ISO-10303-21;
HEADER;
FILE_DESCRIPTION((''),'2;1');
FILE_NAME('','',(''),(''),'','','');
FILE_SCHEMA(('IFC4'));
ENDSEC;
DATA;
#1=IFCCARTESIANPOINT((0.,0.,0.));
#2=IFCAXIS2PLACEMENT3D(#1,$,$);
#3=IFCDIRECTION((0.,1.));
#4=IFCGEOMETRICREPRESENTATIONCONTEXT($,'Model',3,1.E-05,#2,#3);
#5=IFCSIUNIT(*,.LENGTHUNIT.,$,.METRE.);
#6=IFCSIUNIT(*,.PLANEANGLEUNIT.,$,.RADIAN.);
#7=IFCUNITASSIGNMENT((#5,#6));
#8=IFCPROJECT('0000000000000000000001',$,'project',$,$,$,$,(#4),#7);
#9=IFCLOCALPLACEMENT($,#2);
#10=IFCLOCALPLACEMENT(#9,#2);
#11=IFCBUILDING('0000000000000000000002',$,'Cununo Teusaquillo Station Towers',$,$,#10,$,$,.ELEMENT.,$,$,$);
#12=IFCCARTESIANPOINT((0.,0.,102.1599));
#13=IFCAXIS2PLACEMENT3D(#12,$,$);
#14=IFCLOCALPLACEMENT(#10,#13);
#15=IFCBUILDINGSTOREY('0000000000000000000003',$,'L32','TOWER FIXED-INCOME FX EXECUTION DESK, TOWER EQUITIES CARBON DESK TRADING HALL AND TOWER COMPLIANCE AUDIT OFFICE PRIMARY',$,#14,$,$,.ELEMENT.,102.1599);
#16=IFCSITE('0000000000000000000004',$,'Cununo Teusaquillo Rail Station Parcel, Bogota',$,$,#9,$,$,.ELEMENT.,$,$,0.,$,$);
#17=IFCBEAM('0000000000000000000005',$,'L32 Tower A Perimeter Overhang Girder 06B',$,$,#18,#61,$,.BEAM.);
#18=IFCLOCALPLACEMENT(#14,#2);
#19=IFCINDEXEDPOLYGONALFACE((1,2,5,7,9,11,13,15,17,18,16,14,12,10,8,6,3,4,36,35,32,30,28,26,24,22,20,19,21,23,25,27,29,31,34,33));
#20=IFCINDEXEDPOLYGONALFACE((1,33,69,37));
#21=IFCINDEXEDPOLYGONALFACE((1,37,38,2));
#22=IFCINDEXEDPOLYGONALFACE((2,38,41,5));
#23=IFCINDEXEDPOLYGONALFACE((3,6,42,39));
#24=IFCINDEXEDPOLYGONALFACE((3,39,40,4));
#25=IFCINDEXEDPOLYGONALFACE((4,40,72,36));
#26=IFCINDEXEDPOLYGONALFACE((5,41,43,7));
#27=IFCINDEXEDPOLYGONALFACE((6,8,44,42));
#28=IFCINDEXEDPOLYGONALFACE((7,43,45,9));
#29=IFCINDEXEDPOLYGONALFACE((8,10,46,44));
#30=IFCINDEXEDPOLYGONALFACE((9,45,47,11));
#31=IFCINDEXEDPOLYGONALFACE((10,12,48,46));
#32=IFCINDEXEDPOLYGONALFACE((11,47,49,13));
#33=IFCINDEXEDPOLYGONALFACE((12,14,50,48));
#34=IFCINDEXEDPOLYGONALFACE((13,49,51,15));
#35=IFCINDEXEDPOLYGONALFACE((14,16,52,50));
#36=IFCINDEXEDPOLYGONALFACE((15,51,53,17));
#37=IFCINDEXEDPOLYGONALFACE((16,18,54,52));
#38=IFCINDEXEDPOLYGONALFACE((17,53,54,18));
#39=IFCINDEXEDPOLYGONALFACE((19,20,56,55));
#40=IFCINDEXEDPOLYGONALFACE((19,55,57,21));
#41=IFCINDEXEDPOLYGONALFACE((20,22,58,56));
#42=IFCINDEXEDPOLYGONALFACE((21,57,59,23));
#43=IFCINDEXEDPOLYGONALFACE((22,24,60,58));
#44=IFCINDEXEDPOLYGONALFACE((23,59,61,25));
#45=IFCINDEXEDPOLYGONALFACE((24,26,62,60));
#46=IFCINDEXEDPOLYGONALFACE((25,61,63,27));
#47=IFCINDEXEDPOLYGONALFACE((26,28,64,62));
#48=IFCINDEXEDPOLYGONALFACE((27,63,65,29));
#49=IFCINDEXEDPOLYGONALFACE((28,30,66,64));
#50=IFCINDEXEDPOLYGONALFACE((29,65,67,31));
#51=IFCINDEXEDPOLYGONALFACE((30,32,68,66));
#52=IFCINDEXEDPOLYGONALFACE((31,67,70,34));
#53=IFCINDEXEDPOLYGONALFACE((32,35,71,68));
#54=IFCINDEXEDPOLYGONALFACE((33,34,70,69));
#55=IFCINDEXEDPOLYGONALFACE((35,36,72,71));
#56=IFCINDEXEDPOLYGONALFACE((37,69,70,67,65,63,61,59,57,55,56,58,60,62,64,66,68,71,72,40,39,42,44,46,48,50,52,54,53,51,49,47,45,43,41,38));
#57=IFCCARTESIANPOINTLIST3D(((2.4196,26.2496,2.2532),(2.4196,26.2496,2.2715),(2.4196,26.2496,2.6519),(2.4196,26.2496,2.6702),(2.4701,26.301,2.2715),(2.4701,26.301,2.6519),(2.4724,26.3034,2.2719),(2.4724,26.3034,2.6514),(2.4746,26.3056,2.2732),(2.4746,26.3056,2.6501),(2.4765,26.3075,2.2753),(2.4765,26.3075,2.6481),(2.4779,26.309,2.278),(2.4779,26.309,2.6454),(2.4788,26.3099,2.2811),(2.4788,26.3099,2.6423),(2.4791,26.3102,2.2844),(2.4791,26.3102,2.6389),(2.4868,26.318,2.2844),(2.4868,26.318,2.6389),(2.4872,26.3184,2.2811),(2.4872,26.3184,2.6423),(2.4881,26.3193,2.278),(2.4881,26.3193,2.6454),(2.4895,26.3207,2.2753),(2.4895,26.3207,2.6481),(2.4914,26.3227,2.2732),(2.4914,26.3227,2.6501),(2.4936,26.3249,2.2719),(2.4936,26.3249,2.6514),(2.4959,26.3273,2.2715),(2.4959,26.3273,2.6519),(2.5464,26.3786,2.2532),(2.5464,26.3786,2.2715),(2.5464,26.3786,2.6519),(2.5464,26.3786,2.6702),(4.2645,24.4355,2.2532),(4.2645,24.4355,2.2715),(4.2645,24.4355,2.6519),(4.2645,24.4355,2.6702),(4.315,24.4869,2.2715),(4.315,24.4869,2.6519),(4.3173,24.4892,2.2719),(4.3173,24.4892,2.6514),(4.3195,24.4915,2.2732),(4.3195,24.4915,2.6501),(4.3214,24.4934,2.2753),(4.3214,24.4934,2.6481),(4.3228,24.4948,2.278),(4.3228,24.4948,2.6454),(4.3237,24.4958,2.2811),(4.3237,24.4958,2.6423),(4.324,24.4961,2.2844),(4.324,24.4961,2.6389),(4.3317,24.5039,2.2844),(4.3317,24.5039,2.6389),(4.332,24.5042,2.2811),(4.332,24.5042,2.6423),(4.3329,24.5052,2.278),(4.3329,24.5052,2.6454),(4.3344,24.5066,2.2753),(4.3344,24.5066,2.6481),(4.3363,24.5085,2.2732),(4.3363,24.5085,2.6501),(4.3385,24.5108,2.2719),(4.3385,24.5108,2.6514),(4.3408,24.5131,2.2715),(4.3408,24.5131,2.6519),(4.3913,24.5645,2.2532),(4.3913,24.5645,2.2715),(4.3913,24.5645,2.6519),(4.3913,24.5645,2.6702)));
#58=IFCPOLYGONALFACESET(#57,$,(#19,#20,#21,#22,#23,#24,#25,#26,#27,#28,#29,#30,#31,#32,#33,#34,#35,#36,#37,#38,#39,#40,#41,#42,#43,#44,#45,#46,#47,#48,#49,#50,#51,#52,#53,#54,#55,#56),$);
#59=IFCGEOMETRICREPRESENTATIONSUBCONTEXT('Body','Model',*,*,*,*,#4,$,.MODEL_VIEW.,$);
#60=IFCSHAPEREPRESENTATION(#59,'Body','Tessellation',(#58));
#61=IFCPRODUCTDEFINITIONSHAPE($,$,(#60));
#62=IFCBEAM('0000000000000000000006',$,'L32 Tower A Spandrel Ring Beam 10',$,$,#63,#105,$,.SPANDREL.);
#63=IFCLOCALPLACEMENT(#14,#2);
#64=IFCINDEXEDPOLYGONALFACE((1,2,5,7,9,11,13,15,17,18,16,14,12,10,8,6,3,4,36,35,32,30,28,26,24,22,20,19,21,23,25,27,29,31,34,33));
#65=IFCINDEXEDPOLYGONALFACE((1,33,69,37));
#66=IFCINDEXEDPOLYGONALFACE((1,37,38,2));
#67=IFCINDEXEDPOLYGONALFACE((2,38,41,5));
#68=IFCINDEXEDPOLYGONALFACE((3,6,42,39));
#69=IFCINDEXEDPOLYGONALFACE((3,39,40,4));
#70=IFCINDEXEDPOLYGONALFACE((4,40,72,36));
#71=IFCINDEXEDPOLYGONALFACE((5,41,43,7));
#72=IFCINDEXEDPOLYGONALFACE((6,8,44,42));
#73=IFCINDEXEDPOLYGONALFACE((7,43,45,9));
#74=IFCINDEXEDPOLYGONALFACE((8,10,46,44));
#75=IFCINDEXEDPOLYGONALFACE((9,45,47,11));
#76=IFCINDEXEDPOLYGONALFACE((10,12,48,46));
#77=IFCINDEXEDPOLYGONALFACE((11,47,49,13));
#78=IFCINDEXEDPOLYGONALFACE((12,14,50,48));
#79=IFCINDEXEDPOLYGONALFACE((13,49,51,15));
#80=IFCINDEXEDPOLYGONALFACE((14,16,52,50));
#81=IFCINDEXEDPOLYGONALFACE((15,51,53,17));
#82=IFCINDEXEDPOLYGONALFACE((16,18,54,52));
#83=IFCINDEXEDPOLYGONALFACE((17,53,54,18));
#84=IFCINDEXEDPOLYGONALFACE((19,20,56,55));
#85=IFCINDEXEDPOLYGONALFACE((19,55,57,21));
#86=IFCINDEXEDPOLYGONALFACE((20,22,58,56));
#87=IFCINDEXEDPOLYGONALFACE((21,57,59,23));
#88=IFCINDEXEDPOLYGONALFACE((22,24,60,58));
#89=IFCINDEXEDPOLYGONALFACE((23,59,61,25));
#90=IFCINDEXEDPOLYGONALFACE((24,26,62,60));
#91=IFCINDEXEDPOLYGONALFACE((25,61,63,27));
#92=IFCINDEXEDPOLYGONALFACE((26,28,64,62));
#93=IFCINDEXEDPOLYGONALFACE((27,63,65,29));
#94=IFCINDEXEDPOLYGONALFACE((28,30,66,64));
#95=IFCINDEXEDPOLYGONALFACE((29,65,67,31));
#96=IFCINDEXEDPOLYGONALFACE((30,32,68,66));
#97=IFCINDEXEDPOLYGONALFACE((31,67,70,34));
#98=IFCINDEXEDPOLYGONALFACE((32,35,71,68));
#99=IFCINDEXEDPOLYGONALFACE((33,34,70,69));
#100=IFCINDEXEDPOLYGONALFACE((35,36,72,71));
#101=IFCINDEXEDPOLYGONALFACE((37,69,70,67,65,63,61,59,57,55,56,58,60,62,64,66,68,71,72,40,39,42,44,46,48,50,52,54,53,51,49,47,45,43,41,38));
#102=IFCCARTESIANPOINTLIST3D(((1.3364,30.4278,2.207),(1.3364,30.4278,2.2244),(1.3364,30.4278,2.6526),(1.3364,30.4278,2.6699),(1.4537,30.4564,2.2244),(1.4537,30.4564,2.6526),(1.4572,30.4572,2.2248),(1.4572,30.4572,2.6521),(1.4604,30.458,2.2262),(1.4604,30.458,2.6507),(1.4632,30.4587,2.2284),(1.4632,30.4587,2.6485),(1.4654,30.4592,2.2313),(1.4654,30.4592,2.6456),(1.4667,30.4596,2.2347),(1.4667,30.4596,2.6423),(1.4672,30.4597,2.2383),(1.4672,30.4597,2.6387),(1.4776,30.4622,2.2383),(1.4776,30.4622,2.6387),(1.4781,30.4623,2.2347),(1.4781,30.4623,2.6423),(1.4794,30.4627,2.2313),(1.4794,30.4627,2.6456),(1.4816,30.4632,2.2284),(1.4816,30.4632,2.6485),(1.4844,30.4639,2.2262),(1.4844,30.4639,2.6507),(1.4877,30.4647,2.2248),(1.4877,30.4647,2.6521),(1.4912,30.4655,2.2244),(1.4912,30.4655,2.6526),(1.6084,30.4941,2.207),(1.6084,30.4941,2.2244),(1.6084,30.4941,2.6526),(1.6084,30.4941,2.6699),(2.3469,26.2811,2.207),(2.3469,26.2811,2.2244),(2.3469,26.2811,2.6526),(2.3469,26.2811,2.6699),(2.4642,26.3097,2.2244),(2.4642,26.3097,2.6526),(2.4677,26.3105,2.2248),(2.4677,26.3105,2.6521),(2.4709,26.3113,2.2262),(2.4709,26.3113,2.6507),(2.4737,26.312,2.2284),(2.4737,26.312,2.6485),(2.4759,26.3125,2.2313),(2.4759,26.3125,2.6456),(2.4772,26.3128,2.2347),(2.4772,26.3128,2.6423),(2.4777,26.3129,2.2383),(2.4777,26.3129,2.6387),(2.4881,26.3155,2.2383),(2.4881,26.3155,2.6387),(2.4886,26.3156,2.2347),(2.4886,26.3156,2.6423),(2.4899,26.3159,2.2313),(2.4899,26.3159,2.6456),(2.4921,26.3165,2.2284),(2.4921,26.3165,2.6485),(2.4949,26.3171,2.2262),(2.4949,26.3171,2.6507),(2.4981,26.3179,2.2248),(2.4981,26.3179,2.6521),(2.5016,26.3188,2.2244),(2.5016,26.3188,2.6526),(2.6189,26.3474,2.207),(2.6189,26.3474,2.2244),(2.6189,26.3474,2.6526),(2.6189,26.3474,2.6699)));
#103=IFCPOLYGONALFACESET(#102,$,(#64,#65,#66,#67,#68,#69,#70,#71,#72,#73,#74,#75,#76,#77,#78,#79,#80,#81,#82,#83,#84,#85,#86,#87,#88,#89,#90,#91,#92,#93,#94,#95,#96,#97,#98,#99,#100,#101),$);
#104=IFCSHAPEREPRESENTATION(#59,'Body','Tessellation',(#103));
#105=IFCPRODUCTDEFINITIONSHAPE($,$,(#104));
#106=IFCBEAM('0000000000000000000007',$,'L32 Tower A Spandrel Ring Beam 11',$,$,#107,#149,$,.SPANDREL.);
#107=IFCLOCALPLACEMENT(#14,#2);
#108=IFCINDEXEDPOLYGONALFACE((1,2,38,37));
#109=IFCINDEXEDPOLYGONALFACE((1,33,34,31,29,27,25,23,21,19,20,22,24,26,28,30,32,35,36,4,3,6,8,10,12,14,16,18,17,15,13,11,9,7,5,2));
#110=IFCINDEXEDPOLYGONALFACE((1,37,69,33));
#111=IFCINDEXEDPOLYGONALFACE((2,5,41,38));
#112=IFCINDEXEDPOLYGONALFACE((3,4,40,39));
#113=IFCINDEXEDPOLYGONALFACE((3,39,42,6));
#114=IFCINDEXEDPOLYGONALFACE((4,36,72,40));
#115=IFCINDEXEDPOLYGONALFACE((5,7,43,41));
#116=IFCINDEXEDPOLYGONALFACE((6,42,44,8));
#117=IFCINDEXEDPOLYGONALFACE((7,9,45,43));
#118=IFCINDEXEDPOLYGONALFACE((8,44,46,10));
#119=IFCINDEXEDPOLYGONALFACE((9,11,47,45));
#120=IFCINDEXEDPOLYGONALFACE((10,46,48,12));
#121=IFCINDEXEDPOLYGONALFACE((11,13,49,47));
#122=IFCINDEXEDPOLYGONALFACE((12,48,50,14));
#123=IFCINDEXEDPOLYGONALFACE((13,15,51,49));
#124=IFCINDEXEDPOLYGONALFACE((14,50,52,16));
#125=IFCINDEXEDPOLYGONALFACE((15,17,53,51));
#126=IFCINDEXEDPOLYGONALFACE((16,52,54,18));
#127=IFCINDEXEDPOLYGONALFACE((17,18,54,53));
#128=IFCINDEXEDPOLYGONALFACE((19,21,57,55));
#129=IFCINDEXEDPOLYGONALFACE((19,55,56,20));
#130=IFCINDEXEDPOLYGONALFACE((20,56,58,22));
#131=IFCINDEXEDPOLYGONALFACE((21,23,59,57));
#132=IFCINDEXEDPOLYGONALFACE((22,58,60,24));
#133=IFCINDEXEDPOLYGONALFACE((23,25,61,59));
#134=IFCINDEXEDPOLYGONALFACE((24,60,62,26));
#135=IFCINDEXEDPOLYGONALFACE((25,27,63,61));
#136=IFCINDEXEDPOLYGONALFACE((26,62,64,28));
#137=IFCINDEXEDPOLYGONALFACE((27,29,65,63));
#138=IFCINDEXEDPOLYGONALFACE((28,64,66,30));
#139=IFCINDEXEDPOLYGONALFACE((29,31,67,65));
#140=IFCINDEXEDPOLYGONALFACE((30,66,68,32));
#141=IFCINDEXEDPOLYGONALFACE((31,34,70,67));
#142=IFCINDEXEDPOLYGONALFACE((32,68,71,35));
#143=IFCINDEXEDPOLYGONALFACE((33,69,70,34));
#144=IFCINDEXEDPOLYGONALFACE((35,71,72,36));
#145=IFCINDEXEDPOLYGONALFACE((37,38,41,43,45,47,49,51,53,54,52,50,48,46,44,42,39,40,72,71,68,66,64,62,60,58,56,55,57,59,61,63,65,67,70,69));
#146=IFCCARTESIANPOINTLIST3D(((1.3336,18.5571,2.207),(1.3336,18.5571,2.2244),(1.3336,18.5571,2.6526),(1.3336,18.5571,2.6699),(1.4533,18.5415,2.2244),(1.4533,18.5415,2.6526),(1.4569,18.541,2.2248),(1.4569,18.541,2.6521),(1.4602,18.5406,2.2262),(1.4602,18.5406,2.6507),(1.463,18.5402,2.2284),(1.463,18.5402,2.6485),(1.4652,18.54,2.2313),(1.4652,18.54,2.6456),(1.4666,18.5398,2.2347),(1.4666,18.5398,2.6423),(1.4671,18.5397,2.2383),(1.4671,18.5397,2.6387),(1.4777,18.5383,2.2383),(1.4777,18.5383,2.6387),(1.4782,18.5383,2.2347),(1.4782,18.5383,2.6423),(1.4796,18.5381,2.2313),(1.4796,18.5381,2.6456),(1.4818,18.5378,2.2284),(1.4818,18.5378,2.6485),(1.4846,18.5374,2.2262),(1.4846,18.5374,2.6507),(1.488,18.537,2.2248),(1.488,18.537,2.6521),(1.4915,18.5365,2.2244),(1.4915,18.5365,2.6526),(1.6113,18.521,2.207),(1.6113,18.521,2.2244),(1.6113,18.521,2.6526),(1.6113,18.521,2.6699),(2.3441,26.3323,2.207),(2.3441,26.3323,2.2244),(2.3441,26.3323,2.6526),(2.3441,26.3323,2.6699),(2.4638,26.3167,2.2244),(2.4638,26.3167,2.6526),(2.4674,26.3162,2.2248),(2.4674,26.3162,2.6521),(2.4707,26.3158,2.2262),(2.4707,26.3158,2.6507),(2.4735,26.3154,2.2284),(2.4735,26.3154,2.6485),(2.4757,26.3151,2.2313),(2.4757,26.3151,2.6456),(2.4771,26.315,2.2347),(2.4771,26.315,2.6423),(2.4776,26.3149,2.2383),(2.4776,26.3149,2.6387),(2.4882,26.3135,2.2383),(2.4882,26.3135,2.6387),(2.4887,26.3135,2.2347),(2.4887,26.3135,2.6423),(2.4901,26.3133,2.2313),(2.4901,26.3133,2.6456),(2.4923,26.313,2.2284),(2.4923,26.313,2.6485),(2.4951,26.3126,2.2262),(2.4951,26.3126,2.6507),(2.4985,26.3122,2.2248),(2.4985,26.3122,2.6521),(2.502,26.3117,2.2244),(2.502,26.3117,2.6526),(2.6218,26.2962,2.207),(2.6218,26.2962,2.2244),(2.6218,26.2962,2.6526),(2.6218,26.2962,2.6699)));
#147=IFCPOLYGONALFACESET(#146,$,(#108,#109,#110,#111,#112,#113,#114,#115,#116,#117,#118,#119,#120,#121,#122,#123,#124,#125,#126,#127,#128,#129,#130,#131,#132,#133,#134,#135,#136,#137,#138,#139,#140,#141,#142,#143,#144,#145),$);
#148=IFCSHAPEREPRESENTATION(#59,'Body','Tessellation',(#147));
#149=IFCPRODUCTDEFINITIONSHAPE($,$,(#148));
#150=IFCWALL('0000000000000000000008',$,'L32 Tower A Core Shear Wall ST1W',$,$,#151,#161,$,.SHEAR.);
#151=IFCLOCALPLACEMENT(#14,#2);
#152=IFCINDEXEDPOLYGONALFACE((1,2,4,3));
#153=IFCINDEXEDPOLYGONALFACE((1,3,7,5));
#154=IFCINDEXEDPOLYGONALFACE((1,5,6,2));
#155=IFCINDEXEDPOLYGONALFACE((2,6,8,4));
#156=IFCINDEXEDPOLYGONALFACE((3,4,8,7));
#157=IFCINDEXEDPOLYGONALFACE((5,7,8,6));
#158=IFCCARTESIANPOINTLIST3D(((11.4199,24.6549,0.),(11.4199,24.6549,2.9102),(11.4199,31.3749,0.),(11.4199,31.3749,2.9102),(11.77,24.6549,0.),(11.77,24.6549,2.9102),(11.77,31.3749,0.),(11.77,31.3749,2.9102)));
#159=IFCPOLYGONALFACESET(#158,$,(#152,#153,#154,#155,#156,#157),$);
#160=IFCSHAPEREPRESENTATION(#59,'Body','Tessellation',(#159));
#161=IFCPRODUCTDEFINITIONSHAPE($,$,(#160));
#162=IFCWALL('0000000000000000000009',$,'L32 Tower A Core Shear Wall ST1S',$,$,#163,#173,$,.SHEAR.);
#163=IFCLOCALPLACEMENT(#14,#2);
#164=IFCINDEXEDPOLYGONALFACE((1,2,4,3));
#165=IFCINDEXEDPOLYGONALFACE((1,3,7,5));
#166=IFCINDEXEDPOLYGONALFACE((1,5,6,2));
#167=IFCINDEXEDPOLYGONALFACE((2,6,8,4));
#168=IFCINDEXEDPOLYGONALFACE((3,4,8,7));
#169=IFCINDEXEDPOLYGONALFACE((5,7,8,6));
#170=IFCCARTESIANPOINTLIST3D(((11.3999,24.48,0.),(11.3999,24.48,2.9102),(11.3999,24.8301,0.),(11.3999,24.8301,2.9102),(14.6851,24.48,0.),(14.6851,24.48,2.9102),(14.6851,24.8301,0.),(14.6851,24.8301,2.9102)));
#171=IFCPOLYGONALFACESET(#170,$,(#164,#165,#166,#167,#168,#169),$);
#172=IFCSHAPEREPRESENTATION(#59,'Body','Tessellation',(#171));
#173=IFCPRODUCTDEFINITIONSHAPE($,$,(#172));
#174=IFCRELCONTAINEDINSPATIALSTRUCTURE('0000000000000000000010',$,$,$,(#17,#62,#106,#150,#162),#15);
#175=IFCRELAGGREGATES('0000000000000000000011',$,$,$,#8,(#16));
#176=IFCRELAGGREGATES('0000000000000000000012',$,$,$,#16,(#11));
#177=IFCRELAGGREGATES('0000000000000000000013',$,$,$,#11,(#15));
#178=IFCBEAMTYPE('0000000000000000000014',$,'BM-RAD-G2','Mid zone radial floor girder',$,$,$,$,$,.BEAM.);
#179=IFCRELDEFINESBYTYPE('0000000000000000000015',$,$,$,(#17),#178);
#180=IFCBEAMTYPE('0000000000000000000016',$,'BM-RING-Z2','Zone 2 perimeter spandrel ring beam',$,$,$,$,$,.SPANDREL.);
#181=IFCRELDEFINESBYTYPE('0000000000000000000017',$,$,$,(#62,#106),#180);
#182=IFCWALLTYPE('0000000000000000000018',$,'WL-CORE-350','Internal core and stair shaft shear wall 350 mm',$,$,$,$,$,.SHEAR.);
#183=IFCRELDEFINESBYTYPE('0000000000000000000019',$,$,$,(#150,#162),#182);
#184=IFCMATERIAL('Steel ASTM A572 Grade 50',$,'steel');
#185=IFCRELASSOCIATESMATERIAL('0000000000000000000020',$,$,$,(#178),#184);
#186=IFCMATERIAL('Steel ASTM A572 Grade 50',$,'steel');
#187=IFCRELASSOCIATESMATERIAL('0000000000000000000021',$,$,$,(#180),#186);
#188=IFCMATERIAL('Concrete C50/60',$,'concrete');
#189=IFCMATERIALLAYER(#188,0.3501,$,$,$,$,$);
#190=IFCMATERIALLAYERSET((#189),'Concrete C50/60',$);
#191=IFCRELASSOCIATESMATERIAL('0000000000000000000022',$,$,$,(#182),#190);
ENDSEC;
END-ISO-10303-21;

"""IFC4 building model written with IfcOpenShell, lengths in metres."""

from ifc_helpers import new_model, si_unit, direction, frame, frame_2d, origin, origin_2d, place, context, subcontext, project, spatial, rectangle, i_section, extrude, material, layer, layer_set, material_profile, profile_set, type_object, element, save


model = new_model("IFC4")

# Units and contexts
model_context = context("Model", 3, precision=1e-05, world=origin(), true_north=direction((0.0, 1.0)))
body_context = subcontext(model_context, "Body", "Model", "MODEL_VIEW")
ifc_project = project(units=[si_unit("LENGTHUNIT", "METRE"), si_unit("PLANEANGLEUNIT", "RADIAN")], contexts=[model_context])

# Site, building, storey
site_placement = place(None, origin())
site = spatial("IfcSite", under=ifc_project, at=site_placement, Name="Cununo Teusaquillo Rail Station Parcel, Bogota", CompositionType="ELEMENT", RefElevation=0.0)
building_placement = place(site_placement, origin())
building = spatial("IfcBuilding", under=site, at=building_placement, Name="Cununo Teusaquillo Station Towers", CompositionType="ELEMENT")
storey_placement = place(building_placement, frame((0.0, 0.0, 102.1599)))
storey = spatial("IfcBuildingStorey", under=building, at=storey_placement, Name="L32", Description="TOWER FIXED-INCOME FX EXECUTION DESK, TOWER EQUITIES CARBON DESK TRADING HALL AND TOWER COMPLIANCE AUDIT OFFICE PRIMARY", CompositionType="ELEMENT", Elevation=102.1599)

# Beams
ifc_material_1 = material(Name="Steel ASTM A572 Grade 50", Category="steel")
ifc_material_profile_1 = material_profile(ifc_material_1, i_section(OverallWidth=0.1809, OverallDepth=0.417, WebThickness=0.011, FlangeThickness=0.0183, FilletRadius=0.0129, at=origin_2d()), Name="W16X57")
ifc_profile_set_1 = profile_set([ifc_material_profile_1], Name="Steel ASTM A572 Grade 50")
beam_type_1 = type_object("IfcBeamType", Name="BM-RAD-G2", Description="Mid zone radial floor girder", PredefinedType="BEAM", material=ifc_profile_set_1)
beam_1_placement = place(storey_placement, frame((4.3279, 24.5, 2.4617), z_axis=(-0.713026, 0.701138, 0.0), x_axis=(-0.701138, -0.713026, 0.0)))
element("IfcBeam", 1, at=beam_1_placement, inside=storey, type_object=beam_type_1, Name="L32 Tower A Perimeter Overhang Girder 06B", PredefinedType="BEAM", context=body_context, shape_type="SweptSolid", body=[
    extrude(i_section(OverallWidth=0.1809, OverallDepth=0.417, WebThickness=0.011, FlangeThickness=0.0183, FilletRadius=0.0129, at=origin_2d()), origin(), (0.0, 0.0, 1.0), 2.5874),
])
ifc_material_2 = material(Name="Steel ASTM A572 Grade 50", Category="steel")
ifc_material_profile_2 = material_profile(ifc_material_2, i_section(OverallWidth=0.28, OverallDepth=0.4629, WebThickness=0.0107, FlangeThickness=0.0173, FilletRadius=0.0139, at=origin_2d()), Name="W18X76")
ifc_profile_set_2 = profile_set([ifc_material_profile_2], Name="Steel ASTM A572 Grade 50")
beam_type_2 = type_object("IfcBeamType", Name="BM-RING-Z2", Description="Zone 2 perimeter spandrel ring beam", PredefinedType="SPANDREL", material=ifc_profile_set_2)
beam_2_placement = place(storey_placement, frame((1.4724, 30.4609, 2.4385), z_axis=(0.236757, -0.971569, 0.0), x_axis=(0.971569, 0.236757, 0.0)))
element("IfcBeam", 2, at=beam_2_placement, inside=storey, type_object=beam_type_2, Name="L32 Tower A Spandrel Ring Beam 10", PredefinedType="SPANDREL", context=body_context, shape_type="SweptSolid", body=[
    extrude(i_section(OverallWidth=0.28, OverallDepth=0.4629, WebThickness=0.0107, FlangeThickness=0.0173, FilletRadius=0.0139, at=origin_2d()), origin(), (0.0, 0.0, 1.0), 4.2681),
])
beam_3_placement = place(storey_placement, frame((2.4829, 26.3142, 2.4385), z_axis=(-0.128881, -0.99166, 0.0), x_axis=(0.99166, -0.128881, 0.0)))
element("IfcBeam", 3, at=beam_3_placement, inside=storey, type_object=beam_type_2, Name="L32 Tower A Spandrel Ring Beam 11", PredefinedType="SPANDREL", context=body_context, shape_type="SweptSolid", body=[
    extrude(i_section(OverallWidth=0.28, OverallDepth=0.4629, WebThickness=0.0107, FlangeThickness=0.0173, FilletRadius=0.0139, at=origin_2d()), origin(), (0.0, 0.0, 1.0), 7.8406),
])

# Walls
ifc_material_3 = material(Name="Concrete C50/60", Category="concrete")
ifc_layer_1 = layer(ifc_material_3, 0.3501)
ifc_layer_set_1 = layer_set([ifc_layer_1], Name="Concrete C50/60")
wall_type_1 = type_object("IfcWallType", Name="WL-CORE-350", Description="Internal core and stair shaft shear wall 350 mm", PredefinedType="SHEAR", material=ifc_layer_set_1)
wall_1_placement = place(storey_placement, frame((11.595, 24.655, 0.0), z_axis=(0.0, 0.0, 1.0), x_axis=(0.0, 1.0, 0.0)))
element("IfcWall", 4, at=wall_1_placement, inside=storey, type_object=wall_type_1, Name="L32 Tower A Core Shear Wall ST1W", PredefinedType="SHEAR", context=body_context, shape_type="SweptSolid", body=[
    extrude(rectangle(XDim=6.72, YDim=0.3501, at=frame_2d((3.3599, 0.0))), origin(), (0.0, 0.0, 1.0), 2.9102),
])
wall_2_placement = place(storey_placement, frame((11.3999, 24.655, 0.0), z_axis=(0.0, 0.0, 1.0), x_axis=(1.0, 0.0, 0.0)))
element("IfcWall", 5, at=wall_2_placement, inside=storey, type_object=wall_type_1, Name="L32 Tower A Core Shear Wall ST1S", PredefinedType="SHEAR", context=body_context, shape_type="SweptSolid", body=[
    extrude(rectangle(XDim=3.2852, YDim=0.3501, at=frame_2d((1.6426, 0.0))), origin(), (0.0, 0.0, 1.0), 2.9102),
])

save(model, "model.ifc")
